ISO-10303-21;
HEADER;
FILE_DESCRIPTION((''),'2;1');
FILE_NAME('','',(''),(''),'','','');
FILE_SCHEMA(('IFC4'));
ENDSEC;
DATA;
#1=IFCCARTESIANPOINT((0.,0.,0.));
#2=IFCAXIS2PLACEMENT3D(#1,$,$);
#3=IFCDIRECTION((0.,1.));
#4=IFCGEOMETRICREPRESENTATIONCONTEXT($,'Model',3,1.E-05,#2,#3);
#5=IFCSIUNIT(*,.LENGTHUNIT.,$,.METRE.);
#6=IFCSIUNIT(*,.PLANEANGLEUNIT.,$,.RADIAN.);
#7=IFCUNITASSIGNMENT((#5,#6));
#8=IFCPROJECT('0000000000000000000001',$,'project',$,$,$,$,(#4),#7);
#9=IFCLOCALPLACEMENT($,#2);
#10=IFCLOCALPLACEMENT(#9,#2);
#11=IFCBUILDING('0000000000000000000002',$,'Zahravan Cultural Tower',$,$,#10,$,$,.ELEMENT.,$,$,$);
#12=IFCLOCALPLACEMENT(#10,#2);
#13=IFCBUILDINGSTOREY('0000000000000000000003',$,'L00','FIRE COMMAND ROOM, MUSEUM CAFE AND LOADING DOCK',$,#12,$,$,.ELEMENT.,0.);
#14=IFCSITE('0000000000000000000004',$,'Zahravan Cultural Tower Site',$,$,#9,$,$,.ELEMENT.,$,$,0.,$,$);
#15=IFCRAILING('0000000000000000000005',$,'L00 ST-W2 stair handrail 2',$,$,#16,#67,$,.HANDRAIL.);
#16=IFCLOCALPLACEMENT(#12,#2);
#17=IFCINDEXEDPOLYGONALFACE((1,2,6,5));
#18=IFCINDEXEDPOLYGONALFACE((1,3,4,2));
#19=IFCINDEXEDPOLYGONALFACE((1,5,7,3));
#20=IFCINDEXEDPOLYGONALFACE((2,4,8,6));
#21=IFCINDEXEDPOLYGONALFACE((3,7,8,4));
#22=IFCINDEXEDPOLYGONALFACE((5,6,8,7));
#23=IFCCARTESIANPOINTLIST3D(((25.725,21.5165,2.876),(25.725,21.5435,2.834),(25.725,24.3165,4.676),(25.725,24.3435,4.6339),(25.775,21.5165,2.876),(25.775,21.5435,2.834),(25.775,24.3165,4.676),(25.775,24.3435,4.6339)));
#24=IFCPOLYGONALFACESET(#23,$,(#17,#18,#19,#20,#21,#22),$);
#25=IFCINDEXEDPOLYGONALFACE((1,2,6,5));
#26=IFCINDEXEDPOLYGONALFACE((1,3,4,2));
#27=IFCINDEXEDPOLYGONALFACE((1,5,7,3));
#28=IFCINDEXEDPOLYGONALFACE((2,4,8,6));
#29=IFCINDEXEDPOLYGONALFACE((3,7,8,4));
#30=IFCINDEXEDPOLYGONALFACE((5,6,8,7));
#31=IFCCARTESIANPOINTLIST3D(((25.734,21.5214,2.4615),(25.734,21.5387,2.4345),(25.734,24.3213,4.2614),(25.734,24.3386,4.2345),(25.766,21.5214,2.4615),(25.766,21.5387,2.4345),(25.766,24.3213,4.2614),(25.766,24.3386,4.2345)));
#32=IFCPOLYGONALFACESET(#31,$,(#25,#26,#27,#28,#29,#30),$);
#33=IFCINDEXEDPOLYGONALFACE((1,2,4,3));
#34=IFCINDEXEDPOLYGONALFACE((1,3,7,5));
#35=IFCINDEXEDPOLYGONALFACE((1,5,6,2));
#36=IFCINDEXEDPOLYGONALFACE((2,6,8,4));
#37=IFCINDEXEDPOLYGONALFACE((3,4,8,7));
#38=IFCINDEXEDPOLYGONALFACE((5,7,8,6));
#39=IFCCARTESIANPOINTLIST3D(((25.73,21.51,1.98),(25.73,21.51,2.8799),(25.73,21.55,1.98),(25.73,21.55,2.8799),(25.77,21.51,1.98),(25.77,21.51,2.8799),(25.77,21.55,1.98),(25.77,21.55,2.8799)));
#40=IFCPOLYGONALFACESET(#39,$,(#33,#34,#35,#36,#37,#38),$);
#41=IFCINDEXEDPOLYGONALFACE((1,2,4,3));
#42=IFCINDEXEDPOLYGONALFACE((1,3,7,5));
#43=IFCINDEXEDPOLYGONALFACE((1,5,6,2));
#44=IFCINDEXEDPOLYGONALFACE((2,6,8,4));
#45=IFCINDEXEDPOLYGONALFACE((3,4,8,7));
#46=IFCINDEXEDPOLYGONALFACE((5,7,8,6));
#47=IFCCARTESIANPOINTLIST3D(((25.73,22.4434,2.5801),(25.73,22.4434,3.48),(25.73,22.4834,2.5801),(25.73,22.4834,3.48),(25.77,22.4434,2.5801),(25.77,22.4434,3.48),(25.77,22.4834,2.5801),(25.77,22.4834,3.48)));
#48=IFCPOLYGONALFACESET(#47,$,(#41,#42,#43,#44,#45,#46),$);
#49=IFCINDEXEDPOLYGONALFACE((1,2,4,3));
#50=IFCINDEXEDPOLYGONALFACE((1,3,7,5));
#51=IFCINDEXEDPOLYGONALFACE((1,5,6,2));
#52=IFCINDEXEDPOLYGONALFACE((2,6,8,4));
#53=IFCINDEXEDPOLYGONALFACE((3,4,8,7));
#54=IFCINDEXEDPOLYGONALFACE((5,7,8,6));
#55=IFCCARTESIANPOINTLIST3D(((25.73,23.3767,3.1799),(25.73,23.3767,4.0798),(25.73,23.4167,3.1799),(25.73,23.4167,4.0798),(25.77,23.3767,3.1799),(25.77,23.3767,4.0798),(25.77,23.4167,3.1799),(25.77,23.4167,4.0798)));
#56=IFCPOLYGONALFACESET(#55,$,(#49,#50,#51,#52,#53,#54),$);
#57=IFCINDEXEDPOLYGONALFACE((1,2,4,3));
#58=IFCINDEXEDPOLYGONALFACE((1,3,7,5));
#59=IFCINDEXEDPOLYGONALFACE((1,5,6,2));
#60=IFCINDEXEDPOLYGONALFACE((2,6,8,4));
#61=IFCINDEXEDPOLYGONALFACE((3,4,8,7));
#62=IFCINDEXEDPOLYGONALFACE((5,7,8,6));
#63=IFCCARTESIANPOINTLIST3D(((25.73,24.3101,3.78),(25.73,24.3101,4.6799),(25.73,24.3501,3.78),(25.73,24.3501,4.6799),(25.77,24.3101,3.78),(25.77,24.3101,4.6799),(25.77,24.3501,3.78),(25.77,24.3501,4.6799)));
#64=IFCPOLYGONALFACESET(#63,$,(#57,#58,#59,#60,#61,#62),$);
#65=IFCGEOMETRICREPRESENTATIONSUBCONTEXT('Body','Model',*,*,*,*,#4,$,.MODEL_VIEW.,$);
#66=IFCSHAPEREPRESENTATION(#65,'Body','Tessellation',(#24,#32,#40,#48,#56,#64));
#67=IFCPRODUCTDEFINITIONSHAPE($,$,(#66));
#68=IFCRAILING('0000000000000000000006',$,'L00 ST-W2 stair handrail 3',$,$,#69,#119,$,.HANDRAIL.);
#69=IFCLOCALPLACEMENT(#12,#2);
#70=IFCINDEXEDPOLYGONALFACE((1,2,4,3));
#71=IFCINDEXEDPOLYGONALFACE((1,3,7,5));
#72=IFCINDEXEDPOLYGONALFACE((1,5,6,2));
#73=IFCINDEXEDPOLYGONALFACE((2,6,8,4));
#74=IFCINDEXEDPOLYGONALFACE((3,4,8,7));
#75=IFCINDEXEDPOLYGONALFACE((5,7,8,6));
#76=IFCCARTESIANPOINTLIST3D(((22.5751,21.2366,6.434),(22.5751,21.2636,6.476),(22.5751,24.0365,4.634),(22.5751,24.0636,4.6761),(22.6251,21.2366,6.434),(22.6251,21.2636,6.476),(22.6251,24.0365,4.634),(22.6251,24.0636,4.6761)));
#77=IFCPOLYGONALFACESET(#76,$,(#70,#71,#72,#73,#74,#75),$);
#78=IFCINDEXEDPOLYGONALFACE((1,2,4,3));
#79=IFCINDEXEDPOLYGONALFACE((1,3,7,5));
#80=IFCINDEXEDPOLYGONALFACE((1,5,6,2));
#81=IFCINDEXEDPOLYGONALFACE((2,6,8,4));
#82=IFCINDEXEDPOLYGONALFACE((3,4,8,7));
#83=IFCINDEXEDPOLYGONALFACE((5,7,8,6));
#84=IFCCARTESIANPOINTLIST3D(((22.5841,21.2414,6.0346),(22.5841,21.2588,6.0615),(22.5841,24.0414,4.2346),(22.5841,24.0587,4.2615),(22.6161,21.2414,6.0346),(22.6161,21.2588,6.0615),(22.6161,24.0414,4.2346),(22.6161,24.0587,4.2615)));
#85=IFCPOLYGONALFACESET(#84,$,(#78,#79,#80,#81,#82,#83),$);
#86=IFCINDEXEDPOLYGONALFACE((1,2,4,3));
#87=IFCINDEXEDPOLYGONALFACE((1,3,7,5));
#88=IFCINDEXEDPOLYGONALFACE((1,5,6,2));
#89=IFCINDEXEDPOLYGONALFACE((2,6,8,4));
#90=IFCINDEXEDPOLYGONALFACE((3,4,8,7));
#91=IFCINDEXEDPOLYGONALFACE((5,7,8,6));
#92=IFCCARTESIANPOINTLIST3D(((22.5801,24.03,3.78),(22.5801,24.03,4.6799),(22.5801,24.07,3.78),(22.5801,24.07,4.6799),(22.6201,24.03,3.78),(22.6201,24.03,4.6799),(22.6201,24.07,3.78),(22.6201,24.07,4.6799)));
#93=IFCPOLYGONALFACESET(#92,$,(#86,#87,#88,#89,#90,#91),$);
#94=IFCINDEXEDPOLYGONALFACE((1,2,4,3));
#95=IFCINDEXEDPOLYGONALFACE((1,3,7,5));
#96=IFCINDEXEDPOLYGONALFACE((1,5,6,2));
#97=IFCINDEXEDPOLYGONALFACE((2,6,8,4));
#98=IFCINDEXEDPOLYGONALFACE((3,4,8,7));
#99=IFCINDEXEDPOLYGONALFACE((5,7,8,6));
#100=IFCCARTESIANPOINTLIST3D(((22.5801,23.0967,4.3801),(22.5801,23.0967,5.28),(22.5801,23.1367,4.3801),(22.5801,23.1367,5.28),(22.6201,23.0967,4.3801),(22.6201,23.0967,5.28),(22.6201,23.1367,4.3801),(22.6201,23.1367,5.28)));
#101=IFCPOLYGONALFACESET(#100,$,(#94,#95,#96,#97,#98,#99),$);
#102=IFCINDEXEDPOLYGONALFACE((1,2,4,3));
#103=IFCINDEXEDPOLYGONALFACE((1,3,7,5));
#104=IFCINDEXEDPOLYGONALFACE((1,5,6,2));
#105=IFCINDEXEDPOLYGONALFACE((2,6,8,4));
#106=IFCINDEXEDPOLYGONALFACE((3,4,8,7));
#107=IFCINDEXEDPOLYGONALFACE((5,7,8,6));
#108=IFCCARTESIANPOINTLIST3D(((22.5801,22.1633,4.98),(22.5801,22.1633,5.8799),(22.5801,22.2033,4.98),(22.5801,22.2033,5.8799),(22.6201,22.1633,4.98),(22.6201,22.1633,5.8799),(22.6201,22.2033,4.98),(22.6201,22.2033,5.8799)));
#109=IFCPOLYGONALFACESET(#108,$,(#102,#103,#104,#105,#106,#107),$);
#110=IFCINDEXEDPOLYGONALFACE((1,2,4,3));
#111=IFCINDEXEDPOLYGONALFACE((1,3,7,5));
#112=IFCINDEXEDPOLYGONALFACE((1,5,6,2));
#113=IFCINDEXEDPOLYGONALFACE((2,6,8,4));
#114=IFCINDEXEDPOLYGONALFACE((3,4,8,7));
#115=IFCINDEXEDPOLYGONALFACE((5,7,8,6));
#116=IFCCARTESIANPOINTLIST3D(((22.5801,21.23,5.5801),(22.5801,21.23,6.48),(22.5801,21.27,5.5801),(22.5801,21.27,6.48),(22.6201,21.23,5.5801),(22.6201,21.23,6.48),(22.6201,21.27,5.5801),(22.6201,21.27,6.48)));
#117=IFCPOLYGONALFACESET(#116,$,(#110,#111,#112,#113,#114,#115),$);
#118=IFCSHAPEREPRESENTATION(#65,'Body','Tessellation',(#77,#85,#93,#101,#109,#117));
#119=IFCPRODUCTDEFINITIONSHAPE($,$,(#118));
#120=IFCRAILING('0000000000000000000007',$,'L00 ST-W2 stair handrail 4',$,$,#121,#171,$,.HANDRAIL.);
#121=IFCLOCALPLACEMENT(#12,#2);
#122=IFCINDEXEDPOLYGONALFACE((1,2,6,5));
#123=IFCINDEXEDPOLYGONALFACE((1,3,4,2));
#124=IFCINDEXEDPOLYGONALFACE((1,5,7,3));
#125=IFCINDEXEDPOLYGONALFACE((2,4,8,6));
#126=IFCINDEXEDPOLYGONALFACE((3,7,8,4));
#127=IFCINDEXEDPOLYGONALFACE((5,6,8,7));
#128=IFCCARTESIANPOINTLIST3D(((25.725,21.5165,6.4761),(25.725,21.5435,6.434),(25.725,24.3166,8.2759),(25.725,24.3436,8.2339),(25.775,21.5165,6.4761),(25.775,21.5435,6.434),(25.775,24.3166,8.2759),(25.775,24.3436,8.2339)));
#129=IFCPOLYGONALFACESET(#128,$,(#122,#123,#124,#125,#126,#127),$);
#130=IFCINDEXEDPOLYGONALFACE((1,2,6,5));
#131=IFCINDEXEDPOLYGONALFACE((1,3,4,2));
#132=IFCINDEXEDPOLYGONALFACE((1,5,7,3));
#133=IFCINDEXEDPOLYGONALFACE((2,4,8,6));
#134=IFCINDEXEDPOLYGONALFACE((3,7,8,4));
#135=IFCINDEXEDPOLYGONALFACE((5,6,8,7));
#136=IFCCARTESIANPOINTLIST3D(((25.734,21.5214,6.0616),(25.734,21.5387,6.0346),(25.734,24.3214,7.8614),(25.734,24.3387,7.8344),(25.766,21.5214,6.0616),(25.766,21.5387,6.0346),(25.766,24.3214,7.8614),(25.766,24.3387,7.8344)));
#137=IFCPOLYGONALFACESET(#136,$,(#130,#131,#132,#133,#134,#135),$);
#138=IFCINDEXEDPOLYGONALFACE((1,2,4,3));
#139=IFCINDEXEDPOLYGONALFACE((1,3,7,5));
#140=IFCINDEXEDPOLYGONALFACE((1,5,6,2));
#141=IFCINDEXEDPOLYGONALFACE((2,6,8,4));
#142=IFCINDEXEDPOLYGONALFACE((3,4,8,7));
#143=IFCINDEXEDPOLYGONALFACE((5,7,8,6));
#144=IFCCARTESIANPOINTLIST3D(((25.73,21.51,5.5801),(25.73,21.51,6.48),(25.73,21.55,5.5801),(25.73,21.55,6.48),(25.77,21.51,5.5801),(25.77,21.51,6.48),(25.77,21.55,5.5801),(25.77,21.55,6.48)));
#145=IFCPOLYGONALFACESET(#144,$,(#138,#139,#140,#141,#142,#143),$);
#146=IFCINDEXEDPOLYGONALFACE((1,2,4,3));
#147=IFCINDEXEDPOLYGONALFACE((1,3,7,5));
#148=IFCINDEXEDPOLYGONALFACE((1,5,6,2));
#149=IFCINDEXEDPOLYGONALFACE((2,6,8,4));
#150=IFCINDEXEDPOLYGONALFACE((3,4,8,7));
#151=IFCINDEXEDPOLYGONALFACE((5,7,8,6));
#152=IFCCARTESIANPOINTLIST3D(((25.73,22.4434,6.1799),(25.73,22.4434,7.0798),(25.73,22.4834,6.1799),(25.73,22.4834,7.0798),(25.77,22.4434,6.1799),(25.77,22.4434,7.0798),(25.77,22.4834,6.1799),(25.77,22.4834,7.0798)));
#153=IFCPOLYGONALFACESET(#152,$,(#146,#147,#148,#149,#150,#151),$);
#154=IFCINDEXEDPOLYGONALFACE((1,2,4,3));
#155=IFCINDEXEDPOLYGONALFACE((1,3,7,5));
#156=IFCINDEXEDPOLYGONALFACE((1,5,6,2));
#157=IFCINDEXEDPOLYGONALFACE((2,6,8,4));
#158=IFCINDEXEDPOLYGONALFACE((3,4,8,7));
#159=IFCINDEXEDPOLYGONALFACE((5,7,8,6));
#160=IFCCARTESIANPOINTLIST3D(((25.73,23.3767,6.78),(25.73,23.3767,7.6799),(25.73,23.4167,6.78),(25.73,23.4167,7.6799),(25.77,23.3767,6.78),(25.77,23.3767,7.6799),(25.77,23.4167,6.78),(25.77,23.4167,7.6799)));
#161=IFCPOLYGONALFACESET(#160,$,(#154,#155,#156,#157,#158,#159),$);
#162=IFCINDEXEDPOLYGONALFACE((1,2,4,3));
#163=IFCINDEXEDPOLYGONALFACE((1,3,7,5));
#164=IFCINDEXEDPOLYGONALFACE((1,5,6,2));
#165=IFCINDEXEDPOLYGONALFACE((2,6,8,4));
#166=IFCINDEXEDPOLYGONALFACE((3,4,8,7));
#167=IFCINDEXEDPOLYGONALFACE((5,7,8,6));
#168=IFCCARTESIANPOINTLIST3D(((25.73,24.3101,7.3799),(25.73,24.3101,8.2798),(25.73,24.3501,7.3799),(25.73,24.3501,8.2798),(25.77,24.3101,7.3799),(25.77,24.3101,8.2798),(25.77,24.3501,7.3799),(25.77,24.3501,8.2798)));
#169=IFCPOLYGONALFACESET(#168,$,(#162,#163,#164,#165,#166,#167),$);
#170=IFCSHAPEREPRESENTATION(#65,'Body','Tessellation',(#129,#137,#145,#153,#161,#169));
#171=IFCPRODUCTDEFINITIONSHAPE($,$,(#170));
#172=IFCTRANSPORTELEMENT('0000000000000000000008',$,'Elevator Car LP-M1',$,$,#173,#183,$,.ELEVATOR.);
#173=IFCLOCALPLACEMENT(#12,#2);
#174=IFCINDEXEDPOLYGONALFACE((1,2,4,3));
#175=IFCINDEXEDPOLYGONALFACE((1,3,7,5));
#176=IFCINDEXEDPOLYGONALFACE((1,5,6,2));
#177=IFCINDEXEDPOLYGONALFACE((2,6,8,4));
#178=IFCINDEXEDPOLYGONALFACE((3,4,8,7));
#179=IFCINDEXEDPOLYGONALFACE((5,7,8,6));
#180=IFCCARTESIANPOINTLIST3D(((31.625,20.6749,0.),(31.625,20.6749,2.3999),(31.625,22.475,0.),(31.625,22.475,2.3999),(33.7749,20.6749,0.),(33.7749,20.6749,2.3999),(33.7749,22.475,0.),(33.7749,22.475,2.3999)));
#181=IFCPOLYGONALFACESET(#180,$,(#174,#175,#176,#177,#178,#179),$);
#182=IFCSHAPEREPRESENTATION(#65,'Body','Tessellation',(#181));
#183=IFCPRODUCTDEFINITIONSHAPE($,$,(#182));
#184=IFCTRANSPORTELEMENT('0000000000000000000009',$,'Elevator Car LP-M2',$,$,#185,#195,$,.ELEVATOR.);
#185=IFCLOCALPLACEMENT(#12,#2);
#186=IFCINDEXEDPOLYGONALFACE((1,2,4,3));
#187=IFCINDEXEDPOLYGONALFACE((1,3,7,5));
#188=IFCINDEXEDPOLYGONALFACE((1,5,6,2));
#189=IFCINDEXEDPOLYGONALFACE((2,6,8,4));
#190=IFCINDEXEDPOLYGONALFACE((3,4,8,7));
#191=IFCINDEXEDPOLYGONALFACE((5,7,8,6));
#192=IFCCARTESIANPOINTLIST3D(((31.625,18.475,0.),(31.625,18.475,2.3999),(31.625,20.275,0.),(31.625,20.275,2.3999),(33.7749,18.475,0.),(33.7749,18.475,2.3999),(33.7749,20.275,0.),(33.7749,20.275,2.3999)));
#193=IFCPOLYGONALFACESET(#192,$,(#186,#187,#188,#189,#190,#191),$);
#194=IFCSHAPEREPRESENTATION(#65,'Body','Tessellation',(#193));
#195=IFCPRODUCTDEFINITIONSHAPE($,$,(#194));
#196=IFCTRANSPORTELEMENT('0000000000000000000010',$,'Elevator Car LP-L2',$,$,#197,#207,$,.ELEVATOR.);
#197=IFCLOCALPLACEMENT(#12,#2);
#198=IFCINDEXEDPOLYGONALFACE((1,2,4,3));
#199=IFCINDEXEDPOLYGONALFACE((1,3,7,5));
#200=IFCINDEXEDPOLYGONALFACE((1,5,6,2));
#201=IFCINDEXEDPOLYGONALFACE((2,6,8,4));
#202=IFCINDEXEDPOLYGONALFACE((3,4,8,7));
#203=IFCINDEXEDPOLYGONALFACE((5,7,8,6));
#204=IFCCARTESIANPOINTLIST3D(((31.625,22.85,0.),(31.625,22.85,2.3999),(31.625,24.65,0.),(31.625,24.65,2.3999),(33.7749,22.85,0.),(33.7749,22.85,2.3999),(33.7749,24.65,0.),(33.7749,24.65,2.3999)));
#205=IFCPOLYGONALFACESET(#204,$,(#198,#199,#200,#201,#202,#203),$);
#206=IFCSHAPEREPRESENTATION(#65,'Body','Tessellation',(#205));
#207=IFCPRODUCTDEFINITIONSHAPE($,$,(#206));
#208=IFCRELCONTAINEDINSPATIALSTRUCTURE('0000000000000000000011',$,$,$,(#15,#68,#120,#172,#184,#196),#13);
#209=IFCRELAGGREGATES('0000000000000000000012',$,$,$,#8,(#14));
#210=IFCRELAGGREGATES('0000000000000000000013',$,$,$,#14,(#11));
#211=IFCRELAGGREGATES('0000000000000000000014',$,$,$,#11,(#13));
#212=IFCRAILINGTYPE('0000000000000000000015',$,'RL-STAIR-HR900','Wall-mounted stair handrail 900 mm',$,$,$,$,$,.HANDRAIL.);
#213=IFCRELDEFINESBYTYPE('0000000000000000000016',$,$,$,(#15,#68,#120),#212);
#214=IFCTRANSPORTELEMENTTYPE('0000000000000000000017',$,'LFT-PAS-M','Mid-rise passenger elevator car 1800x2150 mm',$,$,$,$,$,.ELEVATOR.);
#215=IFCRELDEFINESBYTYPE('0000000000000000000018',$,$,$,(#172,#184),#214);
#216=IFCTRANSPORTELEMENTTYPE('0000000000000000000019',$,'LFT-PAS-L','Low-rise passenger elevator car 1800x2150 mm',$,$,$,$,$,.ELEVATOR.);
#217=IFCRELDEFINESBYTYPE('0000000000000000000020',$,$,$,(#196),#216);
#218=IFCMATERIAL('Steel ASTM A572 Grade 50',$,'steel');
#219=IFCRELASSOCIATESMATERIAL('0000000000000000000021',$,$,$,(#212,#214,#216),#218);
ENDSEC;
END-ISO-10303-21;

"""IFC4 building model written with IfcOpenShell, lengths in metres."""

from ifc_helpers import new_model, si_unit, direction, frame, origin, origin_2d, place, context, subcontext, project, spatial, rectangle, extrude, source, transform, mapped, material, type_object, element, save


model = new_model("IFC4")

# Units and contexts
model_context = context("Model", 3, precision=1e-05, world=origin(), true_north=direction((0.0, 1.0)))
body_context = subcontext(model_context, "Body", "Model", "MODEL_VIEW")
ifc_project = project(units=[si_unit("LENGTHUNIT", "METRE"), si_unit("PLANEANGLEUNIT", "RADIAN")], contexts=[model_context])

# Site, building, storey
site_placement = place(None, origin())
site = spatial("IfcSite", under=ifc_project, at=site_placement, Name="Zahravan Cultural Tower Site", CompositionType="ELEMENT", RefElevation=0.0)
building_placement = place(site_placement, origin())
building = spatial("IfcBuilding", under=site, at=building_placement, Name="Zahravan Cultural Tower", CompositionType="ELEMENT")
storey_placement = place(building_placement, origin())
storey = spatial("IfcBuildingStorey", under=building, at=storey_placement, Name="L00", Description="FIRE COMMAND ROOM, MUSEUM CAFE AND LOADING DOCK", CompositionType="ELEMENT", Elevation=0.0)

# Shared definitions
ifc_material_1 = material(Name="Steel ASTM A572 Grade 50", Category="steel")

# Railings
railing_type_1 = type_object("IfcRailingType", Name="RL-STAIR-HR900", Description="Wall-mounted stair handrail 900 mm", PredefinedType="HANDRAIL", material=ifc_material_1)
railing_1_placement = place(storey_placement, frame((25.75, 21.53, 1.98)))
element("IfcRailing", 1, at=railing_1_placement, inside=storey, type_object=railing_type_1, Name="L00 ST-W2 stair handrail 2", PredefinedType="HANDRAIL", context=body_context, shape_type="SweptSolid", body=[
    extrude(rectangle(XDim=0.05, YDim=0.05, at=origin_2d()), frame((0.0, 0.0, 0.875), z_axis=(0.0, 0.841176, 0.540761), x_axis=(-1.0, 0.0, 0.0)), (0.0, 0.0, 1.0), 3.3286),
    extrude(rectangle(XDim=0.032, YDim=0.032, at=origin_2d()), frame((0.0, 0.0, 0.468), z_axis=(0.0, 0.841176, 0.540761), x_axis=(-1.0, 0.0, 0.0)), (0.0, 0.0, 1.0), 3.3286),
    extrude(rectangle(XDim=0.04, YDim=0.04, at=origin_2d()), origin(), (0.0, 0.0, 1.0), 0.8999),
    extrude(rectangle(XDim=0.04, YDim=0.04, at=origin_2d()), frame((0.0, 0.9333, 0.6001)), (0.0, 0.0, 1.0), 0.8999),
    extrude(rectangle(XDim=0.04, YDim=0.04, at=origin_2d()), frame((0.0, 1.8667, 1.2)), (0.0, 0.0, 1.0), 0.8999),
    extrude(rectangle(XDim=0.04, YDim=0.04, at=origin_2d()), frame((0.0, 2.8, 1.8)), (0.0, 0.0, 1.0), 0.8999),
])
railing_2_placement = place(storey_placement, frame((22.6001, 24.05, 3.78)))
element("IfcRailing", 2, at=railing_2_placement, inside=storey, type_object=railing_type_1, Name="L00 ST-W2 stair handrail 3", PredefinedType="HANDRAIL", context=body_context, shape_type="SweptSolid", body=[
    extrude(rectangle(XDim=0.05, YDim=0.05, at=origin_2d()), frame((0.0, 0.0, 0.875), z_axis=(0.0, -0.841176, 0.540761), x_axis=(1.0, 0.0, 0.0)), (0.0, 0.0, 1.0), 3.3286),
    extrude(rectangle(XDim=0.032, YDim=0.032, at=origin_2d()), frame((0.0, 0.0, 0.468), z_axis=(0.0, -0.841176, 0.540761), x_axis=(1.0, 0.0, 0.0)), (0.0, 0.0, 1.0), 3.3286),
    extrude(rectangle(XDim=0.04, YDim=0.04, at=origin_2d()), origin(), (0.0, 0.0, 1.0), 0.8999),
    extrude(rectangle(XDim=0.04, YDim=0.04, at=origin_2d()), frame((0.0, -0.9333, 0.6001)), (0.0, 0.0, 1.0), 0.8999),
    extrude(rectangle(XDim=0.04, YDim=0.04, at=origin_2d()), frame((0.0, -1.8667, 1.2)), (0.0, 0.0, 1.0), 0.8999),
    extrude(rectangle(XDim=0.04, YDim=0.04, at=origin_2d()), frame((0.0, -2.8, 1.8)), (0.0, 0.0, 1.0), 0.8999),
])
railing_3_placement = place(storey_placement, frame((25.75, 21.53, 5.5801)))
element("IfcRailing", 3, at=railing_3_placement, inside=storey, type_object=railing_type_1, Name="L00 ST-W2 stair handrail 4", PredefinedType="HANDRAIL", context=body_context, shape_type="SweptSolid", body=[
    extrude(rectangle(XDim=0.05, YDim=0.05, at=origin_2d()), frame((0.0, 0.0, 0.875), z_axis=(0.0, 0.841209, 0.540709), x_axis=(-1.0, 0.0, 0.0)), (0.0, 0.0, 1.0), 3.3286),
    extrude(rectangle(XDim=0.032, YDim=0.032, at=origin_2d()), frame((0.0, 0.0, 0.468), z_axis=(0.0, 0.841209, 0.540709), x_axis=(-1.0, 0.0, 0.0)), (0.0, 0.0, 1.0), 3.3286),
    extrude(rectangle(XDim=0.04, YDim=0.04, at=origin_2d()), origin(), (0.0, 0.0, 1.0), 0.8999),
    extrude(rectangle(XDim=0.04, YDim=0.04, at=origin_2d()), frame((0.0, 0.9333, 0.5999)), (0.0, 0.0, 1.0), 0.8999),
    extrude(rectangle(XDim=0.04, YDim=0.04, at=origin_2d()), frame((0.0, 1.8667, 1.2)), (0.0, 0.0, 1.0), 0.8999),
    extrude(rectangle(XDim=0.04, YDim=0.04, at=origin_2d()), frame((0.0, 2.8, 1.7998)), (0.0, 0.0, 1.0), 0.8999),
])

# Transport elements
transport_element_type_1 = type_object("IfcTransportElementType", Name="LFT-PAS-M", Description="Mid-rise passenger elevator car 1800x2150 mm", PredefinedType="ELEVATOR", material=ifc_material_1)
shared_shape_1 = source(origin(), body_context, "Body", "SweptSolid", [
    extrude(rectangle(XDim=2.1499, YDim=1.8, at=origin_2d()), origin(), (0.0, 0.0, 1.0), 2.3999),
])
for number, where, z_axis, x_axis, name in (
    (4, (32.7, 21.575, 0.0), (0.0, 0.0, 1.0), (1.0, 0.0, 0.0), "Elevator Car LP-M1"),
    (5, (32.7, 19.375, 0.0), (0.0, 0.0, 1.0), (1.0, 0.0, 0.0), "Elevator Car LP-M2"),
):
    element("IfcTransportElement", number, at=place(storey_placement, frame(where, z_axis=z_axis, x_axis=x_axis)), inside=storey, type_object=transport_element_type_1, Name=name, PredefinedType="ELEVATOR", context=body_context, shape_type="MappedRepresentation", body=[
        mapped(shared_shape_1, transform((0.0, 0.0, 0.0), x_axis=(1.0, 0.0, 0.0), y_axis=(0.0, 1.0, 0.0), z_axis=(0.0, 0.0, 1.0), scale=1.0)),
    ])
transport_element_type_2 = type_object("IfcTransportElementType", Name="LFT-PAS-L", Description="Low-rise passenger elevator car 1800x2150 mm", PredefinedType="ELEVATOR", material=ifc_material_1)
transport_element_placement = place(storey_placement, frame((32.7, 23.75, 0.0), z_axis=(0.0, 0.0, 1.0), x_axis=(1.0, 0.0, 0.0)))
element("IfcTransportElement", 6, at=transport_element_placement, inside=storey, type_object=transport_element_type_2, Name="Elevator Car LP-L2", PredefinedType="ELEVATOR", context=body_context, shape_type="MappedRepresentation", body=[
    mapped(shared_shape_1, transform((0.0, 0.0, 0.0), x_axis=(1.0, 0.0, 0.0), y_axis=(0.0, 1.0, 0.0), z_axis=(0.0, 0.0, 1.0), scale=1.0)),
])

save(model, "model.ifc")
